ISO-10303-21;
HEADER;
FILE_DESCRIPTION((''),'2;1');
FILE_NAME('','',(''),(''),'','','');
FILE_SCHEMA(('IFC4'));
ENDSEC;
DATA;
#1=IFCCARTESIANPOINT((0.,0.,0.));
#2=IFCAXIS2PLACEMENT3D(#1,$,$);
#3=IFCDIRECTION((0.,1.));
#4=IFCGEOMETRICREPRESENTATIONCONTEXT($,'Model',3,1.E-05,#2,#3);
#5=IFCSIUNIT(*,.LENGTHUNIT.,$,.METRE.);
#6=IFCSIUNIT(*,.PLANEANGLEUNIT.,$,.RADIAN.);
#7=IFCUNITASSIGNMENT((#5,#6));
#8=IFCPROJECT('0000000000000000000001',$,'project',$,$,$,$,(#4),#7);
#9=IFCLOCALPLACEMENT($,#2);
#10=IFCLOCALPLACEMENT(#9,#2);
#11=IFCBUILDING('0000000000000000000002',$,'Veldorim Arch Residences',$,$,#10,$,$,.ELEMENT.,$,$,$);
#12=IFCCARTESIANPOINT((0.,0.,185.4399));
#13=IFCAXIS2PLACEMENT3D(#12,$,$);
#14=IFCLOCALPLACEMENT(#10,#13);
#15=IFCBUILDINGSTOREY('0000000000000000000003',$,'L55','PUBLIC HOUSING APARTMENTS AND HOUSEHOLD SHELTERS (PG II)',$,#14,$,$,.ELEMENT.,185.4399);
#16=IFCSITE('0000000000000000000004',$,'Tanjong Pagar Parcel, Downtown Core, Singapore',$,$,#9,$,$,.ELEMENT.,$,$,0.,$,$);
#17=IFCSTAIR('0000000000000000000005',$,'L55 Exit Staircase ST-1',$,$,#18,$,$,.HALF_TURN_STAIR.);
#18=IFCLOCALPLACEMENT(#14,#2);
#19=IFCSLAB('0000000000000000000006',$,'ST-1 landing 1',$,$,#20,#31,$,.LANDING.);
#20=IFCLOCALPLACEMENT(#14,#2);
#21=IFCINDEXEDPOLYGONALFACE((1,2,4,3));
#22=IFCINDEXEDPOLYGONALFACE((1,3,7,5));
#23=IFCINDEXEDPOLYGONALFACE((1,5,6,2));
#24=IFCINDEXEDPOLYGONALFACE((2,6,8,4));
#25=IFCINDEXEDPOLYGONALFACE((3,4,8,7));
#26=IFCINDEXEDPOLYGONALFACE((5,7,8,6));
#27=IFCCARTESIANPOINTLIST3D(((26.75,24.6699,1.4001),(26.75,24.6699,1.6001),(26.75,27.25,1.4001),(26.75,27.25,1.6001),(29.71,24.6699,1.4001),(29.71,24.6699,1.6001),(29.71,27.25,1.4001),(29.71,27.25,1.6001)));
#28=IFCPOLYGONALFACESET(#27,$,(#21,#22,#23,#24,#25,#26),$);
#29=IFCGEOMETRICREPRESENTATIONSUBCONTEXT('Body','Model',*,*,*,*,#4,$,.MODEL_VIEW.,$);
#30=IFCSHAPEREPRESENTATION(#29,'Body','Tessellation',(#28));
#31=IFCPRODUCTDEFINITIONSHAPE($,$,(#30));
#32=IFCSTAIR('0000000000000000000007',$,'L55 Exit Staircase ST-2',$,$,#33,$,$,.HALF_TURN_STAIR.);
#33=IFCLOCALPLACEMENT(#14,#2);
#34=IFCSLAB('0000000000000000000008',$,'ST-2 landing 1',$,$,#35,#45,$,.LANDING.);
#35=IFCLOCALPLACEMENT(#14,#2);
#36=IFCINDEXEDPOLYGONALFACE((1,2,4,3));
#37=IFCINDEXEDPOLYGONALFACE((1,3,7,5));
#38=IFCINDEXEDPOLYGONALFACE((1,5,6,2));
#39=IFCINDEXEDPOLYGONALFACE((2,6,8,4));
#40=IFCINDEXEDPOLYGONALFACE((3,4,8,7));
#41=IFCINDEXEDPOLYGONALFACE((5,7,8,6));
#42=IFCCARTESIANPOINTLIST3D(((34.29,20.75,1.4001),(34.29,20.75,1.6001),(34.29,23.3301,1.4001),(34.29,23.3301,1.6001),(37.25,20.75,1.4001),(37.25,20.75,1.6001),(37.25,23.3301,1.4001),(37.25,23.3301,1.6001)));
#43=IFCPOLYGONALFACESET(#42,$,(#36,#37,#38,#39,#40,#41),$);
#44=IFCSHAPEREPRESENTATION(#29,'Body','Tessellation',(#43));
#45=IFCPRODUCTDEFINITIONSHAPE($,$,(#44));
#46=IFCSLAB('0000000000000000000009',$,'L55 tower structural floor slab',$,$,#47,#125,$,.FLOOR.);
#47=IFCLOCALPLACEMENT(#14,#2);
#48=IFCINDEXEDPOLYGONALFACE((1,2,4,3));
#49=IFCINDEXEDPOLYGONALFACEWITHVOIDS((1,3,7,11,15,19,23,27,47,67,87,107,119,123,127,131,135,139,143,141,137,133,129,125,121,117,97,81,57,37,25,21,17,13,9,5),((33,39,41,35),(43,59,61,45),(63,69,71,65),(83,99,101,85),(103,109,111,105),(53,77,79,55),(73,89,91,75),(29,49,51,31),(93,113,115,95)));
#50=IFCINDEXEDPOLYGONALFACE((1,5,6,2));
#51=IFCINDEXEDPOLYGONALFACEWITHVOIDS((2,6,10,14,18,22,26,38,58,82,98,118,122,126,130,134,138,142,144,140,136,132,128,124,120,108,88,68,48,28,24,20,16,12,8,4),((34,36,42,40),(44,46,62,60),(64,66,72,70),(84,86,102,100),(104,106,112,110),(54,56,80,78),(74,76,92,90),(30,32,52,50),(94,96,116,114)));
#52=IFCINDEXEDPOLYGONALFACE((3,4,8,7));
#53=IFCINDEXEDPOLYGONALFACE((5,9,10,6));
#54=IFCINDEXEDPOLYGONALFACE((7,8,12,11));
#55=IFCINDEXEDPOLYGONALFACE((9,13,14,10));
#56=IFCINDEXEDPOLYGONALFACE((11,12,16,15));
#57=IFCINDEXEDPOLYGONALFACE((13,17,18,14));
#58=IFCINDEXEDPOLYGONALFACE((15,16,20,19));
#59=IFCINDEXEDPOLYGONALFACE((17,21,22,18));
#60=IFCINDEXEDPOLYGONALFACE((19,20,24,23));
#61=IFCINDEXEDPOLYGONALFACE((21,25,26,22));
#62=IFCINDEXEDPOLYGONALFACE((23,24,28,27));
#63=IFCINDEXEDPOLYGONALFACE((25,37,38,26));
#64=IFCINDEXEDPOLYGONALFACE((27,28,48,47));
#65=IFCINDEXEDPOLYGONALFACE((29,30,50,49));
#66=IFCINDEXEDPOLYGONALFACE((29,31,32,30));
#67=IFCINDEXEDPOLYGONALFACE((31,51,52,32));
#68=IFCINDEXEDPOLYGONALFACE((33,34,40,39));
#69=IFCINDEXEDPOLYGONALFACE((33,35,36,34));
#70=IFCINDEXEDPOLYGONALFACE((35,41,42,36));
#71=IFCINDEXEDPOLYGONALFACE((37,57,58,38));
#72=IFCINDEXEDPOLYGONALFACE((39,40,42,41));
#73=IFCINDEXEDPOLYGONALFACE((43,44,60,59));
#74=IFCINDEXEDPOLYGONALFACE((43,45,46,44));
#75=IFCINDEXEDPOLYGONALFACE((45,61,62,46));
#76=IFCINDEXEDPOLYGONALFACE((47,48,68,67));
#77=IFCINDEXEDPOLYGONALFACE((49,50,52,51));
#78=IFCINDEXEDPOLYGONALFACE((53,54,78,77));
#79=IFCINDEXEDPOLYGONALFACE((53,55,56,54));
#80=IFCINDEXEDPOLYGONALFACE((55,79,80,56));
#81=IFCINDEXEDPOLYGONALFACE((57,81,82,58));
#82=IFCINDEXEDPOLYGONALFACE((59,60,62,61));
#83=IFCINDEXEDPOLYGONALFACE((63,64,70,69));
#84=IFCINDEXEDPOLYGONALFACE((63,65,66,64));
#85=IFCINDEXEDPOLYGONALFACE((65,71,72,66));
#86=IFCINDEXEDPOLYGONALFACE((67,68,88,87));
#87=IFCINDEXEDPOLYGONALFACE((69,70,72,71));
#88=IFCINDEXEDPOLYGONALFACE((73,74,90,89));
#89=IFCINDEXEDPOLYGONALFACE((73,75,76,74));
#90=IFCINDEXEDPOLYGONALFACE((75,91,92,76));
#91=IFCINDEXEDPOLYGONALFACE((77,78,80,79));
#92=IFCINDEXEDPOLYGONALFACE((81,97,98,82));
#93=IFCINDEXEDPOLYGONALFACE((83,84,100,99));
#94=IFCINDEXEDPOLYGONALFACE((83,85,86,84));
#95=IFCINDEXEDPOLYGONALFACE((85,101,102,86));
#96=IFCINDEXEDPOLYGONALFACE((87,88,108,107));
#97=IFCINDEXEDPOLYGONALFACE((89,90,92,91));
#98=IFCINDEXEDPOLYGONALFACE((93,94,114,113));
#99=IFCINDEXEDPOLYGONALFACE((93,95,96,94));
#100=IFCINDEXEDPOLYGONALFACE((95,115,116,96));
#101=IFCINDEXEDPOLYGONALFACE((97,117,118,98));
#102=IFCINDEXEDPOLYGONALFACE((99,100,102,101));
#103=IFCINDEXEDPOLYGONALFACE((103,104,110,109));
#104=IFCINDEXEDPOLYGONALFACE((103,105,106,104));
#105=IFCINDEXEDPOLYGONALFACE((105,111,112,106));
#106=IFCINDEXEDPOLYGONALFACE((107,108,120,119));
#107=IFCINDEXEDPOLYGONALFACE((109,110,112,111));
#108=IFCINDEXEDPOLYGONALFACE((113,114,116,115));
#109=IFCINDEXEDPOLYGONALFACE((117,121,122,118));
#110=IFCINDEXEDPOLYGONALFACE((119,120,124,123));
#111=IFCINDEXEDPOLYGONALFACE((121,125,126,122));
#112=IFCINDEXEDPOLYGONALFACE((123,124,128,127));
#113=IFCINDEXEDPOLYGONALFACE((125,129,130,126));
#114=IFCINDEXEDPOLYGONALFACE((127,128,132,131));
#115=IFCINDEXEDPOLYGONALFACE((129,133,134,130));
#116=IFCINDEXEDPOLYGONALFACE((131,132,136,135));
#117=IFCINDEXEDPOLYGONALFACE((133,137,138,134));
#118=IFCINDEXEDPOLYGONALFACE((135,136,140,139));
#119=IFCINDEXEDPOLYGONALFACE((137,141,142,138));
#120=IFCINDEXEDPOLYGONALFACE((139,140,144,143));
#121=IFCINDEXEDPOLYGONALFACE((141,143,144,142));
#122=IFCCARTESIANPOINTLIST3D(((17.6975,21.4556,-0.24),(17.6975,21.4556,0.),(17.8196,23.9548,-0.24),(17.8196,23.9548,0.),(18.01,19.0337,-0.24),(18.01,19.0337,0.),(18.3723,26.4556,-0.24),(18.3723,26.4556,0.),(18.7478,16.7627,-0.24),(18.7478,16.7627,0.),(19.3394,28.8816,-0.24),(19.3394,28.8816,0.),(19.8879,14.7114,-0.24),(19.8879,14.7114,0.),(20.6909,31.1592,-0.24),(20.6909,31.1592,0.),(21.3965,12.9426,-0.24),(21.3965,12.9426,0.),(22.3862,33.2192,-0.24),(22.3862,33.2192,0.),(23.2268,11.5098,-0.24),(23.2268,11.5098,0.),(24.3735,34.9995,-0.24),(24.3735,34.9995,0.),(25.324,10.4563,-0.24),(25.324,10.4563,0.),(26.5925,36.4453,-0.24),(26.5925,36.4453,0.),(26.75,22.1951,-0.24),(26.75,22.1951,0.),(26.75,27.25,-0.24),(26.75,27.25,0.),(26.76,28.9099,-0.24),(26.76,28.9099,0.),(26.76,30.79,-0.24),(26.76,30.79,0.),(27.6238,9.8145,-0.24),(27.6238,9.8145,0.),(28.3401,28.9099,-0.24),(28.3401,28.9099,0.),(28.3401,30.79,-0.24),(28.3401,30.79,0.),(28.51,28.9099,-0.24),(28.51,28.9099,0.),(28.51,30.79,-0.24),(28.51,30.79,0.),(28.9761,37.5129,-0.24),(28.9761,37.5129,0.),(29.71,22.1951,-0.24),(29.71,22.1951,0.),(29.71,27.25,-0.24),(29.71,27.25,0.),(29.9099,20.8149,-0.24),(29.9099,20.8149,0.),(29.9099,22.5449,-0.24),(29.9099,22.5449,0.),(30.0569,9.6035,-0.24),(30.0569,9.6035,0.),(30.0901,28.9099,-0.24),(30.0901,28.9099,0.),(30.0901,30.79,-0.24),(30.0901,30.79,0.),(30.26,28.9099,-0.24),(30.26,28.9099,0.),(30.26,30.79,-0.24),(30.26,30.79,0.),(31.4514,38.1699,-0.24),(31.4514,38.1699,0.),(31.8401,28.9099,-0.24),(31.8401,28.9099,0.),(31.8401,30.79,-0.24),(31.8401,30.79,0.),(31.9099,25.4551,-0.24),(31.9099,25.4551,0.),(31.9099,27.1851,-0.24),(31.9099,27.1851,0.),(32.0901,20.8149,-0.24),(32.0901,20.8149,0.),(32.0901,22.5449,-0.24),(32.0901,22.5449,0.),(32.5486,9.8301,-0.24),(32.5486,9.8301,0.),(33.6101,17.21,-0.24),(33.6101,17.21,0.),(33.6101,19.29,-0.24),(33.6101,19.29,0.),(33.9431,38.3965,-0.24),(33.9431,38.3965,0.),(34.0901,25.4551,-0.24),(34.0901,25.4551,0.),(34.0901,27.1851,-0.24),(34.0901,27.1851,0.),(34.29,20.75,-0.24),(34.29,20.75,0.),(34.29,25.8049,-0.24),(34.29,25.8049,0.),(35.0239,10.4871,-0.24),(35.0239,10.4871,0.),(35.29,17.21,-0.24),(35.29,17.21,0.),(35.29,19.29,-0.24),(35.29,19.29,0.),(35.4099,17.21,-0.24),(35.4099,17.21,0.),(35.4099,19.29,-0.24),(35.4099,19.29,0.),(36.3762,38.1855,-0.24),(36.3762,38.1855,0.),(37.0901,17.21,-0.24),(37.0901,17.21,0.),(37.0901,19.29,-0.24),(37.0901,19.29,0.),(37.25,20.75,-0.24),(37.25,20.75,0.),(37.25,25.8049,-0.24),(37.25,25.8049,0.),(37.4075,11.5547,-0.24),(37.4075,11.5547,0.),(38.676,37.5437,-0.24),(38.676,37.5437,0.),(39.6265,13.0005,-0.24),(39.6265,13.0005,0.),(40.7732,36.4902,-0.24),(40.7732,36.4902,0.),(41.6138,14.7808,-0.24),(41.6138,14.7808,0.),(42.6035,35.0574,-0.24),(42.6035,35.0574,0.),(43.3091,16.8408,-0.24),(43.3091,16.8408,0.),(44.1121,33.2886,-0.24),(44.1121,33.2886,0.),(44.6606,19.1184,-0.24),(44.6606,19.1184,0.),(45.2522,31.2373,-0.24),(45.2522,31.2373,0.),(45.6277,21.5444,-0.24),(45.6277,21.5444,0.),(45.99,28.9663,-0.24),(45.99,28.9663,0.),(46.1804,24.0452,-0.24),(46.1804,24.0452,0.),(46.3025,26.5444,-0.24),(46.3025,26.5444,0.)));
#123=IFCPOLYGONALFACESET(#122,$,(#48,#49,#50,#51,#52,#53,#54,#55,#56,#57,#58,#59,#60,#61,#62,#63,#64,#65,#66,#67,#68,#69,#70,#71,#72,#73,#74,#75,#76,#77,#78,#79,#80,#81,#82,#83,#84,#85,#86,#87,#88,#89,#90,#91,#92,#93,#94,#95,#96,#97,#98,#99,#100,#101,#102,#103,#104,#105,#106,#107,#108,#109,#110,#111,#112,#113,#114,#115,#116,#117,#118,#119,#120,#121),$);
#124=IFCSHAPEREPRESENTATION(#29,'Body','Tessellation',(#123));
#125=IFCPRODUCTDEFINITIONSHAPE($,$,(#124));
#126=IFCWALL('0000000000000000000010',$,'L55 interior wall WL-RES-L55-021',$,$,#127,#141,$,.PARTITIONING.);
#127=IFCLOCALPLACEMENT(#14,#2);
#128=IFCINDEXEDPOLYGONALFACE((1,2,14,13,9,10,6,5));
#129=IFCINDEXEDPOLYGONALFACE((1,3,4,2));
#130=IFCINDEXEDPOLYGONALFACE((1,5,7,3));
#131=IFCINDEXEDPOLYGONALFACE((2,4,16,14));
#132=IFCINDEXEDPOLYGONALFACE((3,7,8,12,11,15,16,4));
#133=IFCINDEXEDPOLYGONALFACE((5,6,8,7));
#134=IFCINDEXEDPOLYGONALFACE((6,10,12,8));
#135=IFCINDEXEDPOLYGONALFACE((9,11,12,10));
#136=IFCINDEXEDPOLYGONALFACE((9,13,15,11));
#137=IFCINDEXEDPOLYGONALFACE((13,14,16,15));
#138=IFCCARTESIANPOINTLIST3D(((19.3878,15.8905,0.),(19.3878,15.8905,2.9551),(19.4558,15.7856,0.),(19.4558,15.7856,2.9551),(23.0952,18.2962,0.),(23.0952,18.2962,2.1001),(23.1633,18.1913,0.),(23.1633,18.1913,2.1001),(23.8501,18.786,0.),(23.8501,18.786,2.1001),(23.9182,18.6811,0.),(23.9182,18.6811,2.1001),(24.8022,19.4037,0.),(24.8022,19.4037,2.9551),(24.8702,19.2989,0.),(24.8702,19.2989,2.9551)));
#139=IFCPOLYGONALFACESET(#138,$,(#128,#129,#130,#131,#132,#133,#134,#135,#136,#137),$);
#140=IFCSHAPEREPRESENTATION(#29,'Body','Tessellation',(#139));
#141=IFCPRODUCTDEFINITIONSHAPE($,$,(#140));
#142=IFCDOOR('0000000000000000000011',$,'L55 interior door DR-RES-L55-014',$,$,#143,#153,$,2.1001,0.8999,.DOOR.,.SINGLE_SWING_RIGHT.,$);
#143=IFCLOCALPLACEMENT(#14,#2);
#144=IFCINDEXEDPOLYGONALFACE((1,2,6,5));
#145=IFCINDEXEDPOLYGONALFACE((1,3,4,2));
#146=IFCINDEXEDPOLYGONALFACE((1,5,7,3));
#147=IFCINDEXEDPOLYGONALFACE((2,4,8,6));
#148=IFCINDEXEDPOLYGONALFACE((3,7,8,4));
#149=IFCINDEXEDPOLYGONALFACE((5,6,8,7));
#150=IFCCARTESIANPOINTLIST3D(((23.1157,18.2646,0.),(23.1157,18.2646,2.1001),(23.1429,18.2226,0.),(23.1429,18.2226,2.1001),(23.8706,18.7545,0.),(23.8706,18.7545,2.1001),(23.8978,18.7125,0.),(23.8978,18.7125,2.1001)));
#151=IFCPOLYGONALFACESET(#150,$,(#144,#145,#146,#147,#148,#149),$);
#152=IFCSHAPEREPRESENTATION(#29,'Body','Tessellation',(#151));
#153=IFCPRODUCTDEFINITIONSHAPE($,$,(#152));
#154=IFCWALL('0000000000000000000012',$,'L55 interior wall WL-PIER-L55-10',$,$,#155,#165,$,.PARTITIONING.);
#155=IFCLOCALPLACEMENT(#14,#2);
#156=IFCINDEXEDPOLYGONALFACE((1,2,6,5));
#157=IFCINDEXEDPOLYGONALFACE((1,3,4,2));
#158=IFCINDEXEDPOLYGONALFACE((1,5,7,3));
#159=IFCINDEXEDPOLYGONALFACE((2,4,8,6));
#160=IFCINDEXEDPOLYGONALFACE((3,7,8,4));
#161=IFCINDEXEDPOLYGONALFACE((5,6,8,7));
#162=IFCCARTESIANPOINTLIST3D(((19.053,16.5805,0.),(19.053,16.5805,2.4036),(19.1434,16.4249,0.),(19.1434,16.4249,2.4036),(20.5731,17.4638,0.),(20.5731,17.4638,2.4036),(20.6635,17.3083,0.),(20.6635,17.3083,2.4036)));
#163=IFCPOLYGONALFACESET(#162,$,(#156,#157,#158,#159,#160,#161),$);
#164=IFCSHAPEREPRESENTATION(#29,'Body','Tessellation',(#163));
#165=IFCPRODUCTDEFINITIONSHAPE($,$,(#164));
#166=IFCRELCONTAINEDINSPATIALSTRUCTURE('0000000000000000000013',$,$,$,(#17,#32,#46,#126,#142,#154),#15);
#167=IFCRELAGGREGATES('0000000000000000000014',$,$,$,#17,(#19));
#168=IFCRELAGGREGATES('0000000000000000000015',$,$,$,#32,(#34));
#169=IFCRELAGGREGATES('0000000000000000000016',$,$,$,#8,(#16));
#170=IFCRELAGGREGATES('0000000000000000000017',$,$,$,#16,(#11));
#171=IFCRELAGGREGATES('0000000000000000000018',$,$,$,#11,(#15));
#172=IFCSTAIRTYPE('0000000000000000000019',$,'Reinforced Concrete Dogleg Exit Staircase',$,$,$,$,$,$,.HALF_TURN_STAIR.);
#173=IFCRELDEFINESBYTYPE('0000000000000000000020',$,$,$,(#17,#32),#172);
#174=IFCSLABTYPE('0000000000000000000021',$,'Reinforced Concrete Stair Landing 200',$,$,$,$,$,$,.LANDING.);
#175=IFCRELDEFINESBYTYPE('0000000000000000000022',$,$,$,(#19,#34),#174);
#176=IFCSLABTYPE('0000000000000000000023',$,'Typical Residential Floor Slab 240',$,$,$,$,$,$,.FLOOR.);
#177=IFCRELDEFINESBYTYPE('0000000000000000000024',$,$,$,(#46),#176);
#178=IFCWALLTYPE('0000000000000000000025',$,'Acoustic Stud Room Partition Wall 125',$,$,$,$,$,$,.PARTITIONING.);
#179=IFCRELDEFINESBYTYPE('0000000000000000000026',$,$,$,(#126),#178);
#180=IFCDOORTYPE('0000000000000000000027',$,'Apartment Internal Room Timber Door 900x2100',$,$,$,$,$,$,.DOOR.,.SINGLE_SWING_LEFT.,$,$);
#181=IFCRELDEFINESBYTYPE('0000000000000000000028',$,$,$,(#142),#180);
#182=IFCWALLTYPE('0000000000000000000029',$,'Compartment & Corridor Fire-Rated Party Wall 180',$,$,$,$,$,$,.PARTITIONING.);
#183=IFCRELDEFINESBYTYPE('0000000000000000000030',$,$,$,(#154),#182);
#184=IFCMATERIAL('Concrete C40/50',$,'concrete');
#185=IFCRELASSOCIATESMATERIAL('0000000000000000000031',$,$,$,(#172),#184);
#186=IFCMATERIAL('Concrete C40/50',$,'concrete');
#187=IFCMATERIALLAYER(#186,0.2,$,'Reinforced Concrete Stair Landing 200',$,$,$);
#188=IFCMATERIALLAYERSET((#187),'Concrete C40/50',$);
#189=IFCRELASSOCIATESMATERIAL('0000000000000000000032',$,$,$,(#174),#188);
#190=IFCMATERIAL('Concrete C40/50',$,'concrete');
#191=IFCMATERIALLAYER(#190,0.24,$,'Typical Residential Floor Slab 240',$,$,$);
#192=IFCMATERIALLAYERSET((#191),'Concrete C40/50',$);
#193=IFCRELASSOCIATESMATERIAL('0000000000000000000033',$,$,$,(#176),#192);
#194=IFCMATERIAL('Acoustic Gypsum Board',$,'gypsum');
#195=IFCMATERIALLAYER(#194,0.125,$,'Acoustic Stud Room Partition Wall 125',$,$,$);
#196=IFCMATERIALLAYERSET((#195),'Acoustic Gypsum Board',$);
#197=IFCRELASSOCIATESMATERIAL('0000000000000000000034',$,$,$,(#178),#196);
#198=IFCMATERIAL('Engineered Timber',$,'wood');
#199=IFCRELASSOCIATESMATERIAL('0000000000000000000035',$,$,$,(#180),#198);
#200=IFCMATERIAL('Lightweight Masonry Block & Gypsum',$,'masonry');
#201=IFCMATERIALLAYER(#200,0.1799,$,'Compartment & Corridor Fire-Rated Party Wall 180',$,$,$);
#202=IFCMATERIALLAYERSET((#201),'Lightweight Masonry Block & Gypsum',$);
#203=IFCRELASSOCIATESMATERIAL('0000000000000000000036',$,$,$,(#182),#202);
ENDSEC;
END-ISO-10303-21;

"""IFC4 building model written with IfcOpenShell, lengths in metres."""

from ifc_helpers import new_model, si_unit, direction, frame, frame_2d, origin, place, context, subcontext, project, spatial, polyline, rectangle, outline, extrude, material, layer, layer_set, type_object, element, fill, aggregate, save


model = new_model("IFC4")

# Units and contexts
model_context = context("Model", 3, precision=1e-05, world=origin(), true_north=direction((0.0, 1.0)))
body_context = subcontext(model_context, "Body", "Model", "MODEL_VIEW")
ifc_project = project(units=[si_unit("LENGTHUNIT", "METRE"), si_unit("PLANEANGLEUNIT", "RADIAN")], contexts=[model_context])

# Site, building, storey
site_placement = place(None, origin())
site = spatial("IfcSite", under=ifc_project, at=site_placement, Name="Tanjong Pagar Parcel, Downtown Core, Singapore", CompositionType="ELEMENT", RefElevation=0.0)
building_placement = place(site_placement, origin())
building = spatial("IfcBuilding", under=site, at=building_placement, Name="Veldorim Arch Residences", CompositionType="ELEMENT")
storey_placement = place(building_placement, frame((0.0, 0.0, 185.4399)))
storey = spatial("IfcBuildingStorey", under=building, at=storey_placement, Name="L55", Description="PUBLIC HOUSING APARTMENTS AND HOUSEHOLD SHELTERS (PG II)", CompositionType="ELEMENT", Elevation=185.4399)

# Stairs, slabs
ifc_material_1 = material(Name="Concrete C40/50", Category="concrete")
stair_type = type_object("IfcStairType", Name="Reinforced Concrete Dogleg Exit Staircase", PredefinedType="HALF_TURN_STAIR", material=ifc_material_1)
stair_1_placement = place(storey_placement, origin())
stair_1 = element("IfcStair", 1, at=stair_1_placement, inside=storey, type_object=stair_type, Name="L55 Exit Staircase ST-1", PredefinedType="HALF_TURN_STAIR")
ifc_material_2 = material(Name="Concrete C40/50", Category="concrete")
ifc_layer_1 = layer(ifc_material_2, 0.2, Name="Reinforced Concrete Stair Landing 200")
ifc_layer_set_1 = layer_set([ifc_layer_1], Name="Concrete C40/50")
slab_type_1 = type_object("IfcSlabType", Name="Reinforced Concrete Stair Landing 200", PredefinedType="LANDING", material=ifc_layer_set_1)
slab_1_placement = place(storey_placement, frame((0.0, 0.0, 1.4001)))
slab_1 = element("IfcSlab", 2, at=slab_1_placement, type_object=slab_type_1, Name="ST-1 landing 1", PredefinedType="LANDING", context=body_context, shape_type="SweptSolid", body=[
    extrude(outline(polyline([(29.71, 24.6699), (29.71, 27.25), (26.75, 27.25), (26.75, 24.6699), (29.71, 24.6699)])), origin(), (0.0, 0.0, 1.0), 0.2),
])
aggregate(stair_1, [slab_1])
stair_2_placement = place(storey_placement, origin())
stair_2 = element("IfcStair", 3, at=stair_2_placement, inside=storey, type_object=stair_type, Name="L55 Exit Staircase ST-2", PredefinedType="HALF_TURN_STAIR")
slab_2_placement = place(storey_placement, frame((0.0, 0.0, 1.4001)))
slab_2 = element("IfcSlab", 4, at=slab_2_placement, type_object=slab_type_1, Name="ST-2 landing 1", PredefinedType="LANDING", context=body_context, shape_type="SweptSolid", body=[
    extrude(outline(polyline([(34.29, 23.3301), (34.29, 20.75), (37.25, 20.75), (37.25, 23.3301), (34.29, 23.3301)])), origin(), (0.0, 0.0, 1.0), 0.2),
])
aggregate(stair_2, [slab_2])

# Slab
ifc_material_3 = material(Name="Concrete C40/50", Category="concrete")
ifc_layer_2 = layer(ifc_material_3, 0.24, Name="Typical Residential Floor Slab 240")
ifc_layer_set_2 = layer_set([ifc_layer_2], Name="Concrete C40/50")
slab_type_2 = type_object("IfcSlabType", Name="Typical Residential Floor Slab 240", PredefinedType="FLOOR", material=ifc_layer_set_2)
slab_3_placement = place(storey_placement, frame((0.0, 0.0, -0.24)))
element("IfcSlab", 5, at=slab_3_placement, inside=storey, type_object=slab_type_2, Name="L55 tower structural floor slab", PredefinedType="FLOOR", context=body_context, shape_type="SweptSolid", body=[
    extrude(outline(polyline([(42.6035, 35.0574), (40.7732, 36.4902), (38.676, 37.5437), (36.3762, 38.1855), (33.9431, 38.3965), (31.4514, 38.1699), (28.9761, 37.5129), (26.5925, 36.4453), (24.3735, 34.9995), (22.3862, 33.2192), (20.6909, 31.1592), (19.3394, 28.8816), (18.3723, 26.4556), (17.8196, 23.9548), (17.6975, 21.4556), (18.01, 19.0337), (18.7478, 16.7627), (19.8879, 14.7114), (21.3965, 12.9426), (23.2268, 11.5098), (25.324, 10.4563), (27.6238, 9.8145), (30.0569, 9.6035), (32.5486, 9.8301), (35.0239, 10.4871), (37.4075, 11.5547), (39.6265, 13.0005), (41.6138, 14.7808), (43.3091, 16.8408), (44.6606, 19.1184), (45.6277, 21.5444), (46.1804, 24.0452), (46.3025, 26.5444), (45.99, 28.9663), (45.2522, 31.2373), (44.1121, 33.2886), (42.6035, 35.0574)]), holes=[polyline([(33.6101, 17.21), (33.6101, 19.29), (35.29, 19.29), (35.29, 17.21), (33.6101, 17.21)]), polyline([(35.4099, 17.21), (35.4099, 19.29), (37.0901, 19.29), (37.0901, 17.21), (35.4099, 17.21)]), polyline([(29.9099, 20.8149), (29.9099, 22.5449), (32.0901, 22.5449), (32.0901, 20.8149), (29.9099, 20.8149)]), polyline([(34.29, 20.75), (34.29, 25.8049), (37.25, 25.8049), (37.25, 20.75), (34.29, 20.75)]), polyline([(26.75, 22.1951), (26.75, 27.25), (29.71, 27.25), (29.71, 22.1951), (26.75, 22.1951)]), polyline([(31.9099, 25.4551), (31.9099, 27.1851), (34.0901, 27.1851), (34.0901, 25.4551), (31.9099, 25.4551)]), polyline([(26.76, 28.9099), (26.76, 30.79), (28.3401, 30.79), (28.3401, 28.9099), (26.76, 28.9099)]), polyline([(28.51, 30.79), (30.0901, 30.79), (30.0901, 28.9099), (28.51, 28.9099), (28.51, 30.79)]), polyline([(30.26, 30.79), (31.8401, 30.79), (31.8401, 28.9099), (30.26, 28.9099), (30.26, 30.79)])]), origin(), (0.0, 0.0, 1.0), 0.24),
])

# Wall, opening, door
ifc_material_4 = material(Name="Acoustic Gypsum Board", Category="gypsum")
ifc_layer_3 = layer(ifc_material_4, 0.125, Name="Acoustic Stud Room Partition Wall 125")
ifc_layer_set_3 = layer_set([ifc_layer_3], Name="Acoustic Gypsum Board")
wall_type_1 = type_object("IfcWallType", Name="Acoustic Stud Room Partition Wall 125", PredefinedType="PARTITIONING", material=ifc_layer_set_3)
wall_1_placement = place(storey_placement, frame((19.4219, 15.8381, 0.0), z_axis=(0.0, 0.0, 1.0), x_axis=(0.838876, 0.544322, 0.0)))
wall_1 = element("IfcWall", 6, at=wall_1_placement, inside=storey, type_object=wall_type_1, Name="L55 interior wall WL-RES-L55-021", PredefinedType="PARTITIONING", context=body_context, shape_type="SweptSolid", body=[
    extrude(rectangle(XDim=6.4543, YDim=0.125, at=frame_2d((3.2271, 0.0))), origin(), (0.0, 0.0, 1.0), 2.9551),
])
opening_1_placement = place(wall_1_placement, frame((4.4194, 0.0, 0.0)))
opening_1 = element("IfcOpeningElement", 7, at=opening_1_placement, cuts=wall_1, PredefinedType="OPENING", context=body_context, shape_type="SweptSolid", body=[
    extrude(rectangle(XDim=0.8999, YDim=2.1001, at=frame_2d((0.45, 1.05))), frame((0.0, 0.0725, 0.0), z_axis=(0.0, -1.0, 0.0), x_axis=(1.0, 0.0, 0.0)), (0.0, 0.0, 1.0), 0.145),
])
ifc_material_5 = material(Name="Engineered Timber", Category="wood")
door_type = type_object("IfcDoorType", Name="Apartment Internal Room Timber Door 900x2100", OperationType="SINGLE_SWING_LEFT", PredefinedType="DOOR", material=ifc_material_5)
door_placement = place(opening_1_placement, origin())
door = element("IfcDoor", 8, at=door_placement, inside=storey, type_object=door_type, Name="L55 interior door DR-RES-L55-014", OperationType="SINGLE_SWING_RIGHT", OverallHeight=2.1001, OverallWidth=0.8999, PredefinedType="DOOR", context=body_context, shape_type="SweptSolid", body=[
    extrude(rectangle(XDim=0.8999, YDim=2.1001, at=frame_2d((0.45, 1.05))), frame((0.0, 0.0249, 0.0), z_axis=(0.0, -1.0, 0.0), x_axis=(1.0, 0.0, 0.0)), (0.0, 0.0, 1.0), 0.05),
])
fill(opening_1, door)

# Wall
ifc_material_6 = material(Name="Lightweight Masonry Block & Gypsum", Category="masonry")
ifc_layer_4 = layer(ifc_material_6, 0.1799, Name="Compartment & Corridor Fire-Rated Party Wall 180")
ifc_layer_set_4 = layer_set([ifc_layer_4], Name="Lightweight Masonry Block & Gypsum")
wall_type_2 = type_object("IfcWallType", Name="Compartment & Corridor Fire-Rated Party Wall 180", PredefinedType="PARTITIONING", material=ifc_layer_set_4)
wall_2_placement = place(storey_placement, frame((20.6182, 17.386, 0.0), z_axis=(0.0, 0.0, 1.0), x_axis=(-0.864614, -0.502437, 0.0)))
element("IfcWall", 9, at=wall_2_placement, inside=storey, type_object=wall_type_2, Name="L55 interior wall WL-PIER-L55-10", PredefinedType="PARTITIONING", context=body_context, shape_type="SweptSolid", body=[
    extrude(rectangle(XDim=1.7581, YDim=0.1799, at=frame_2d((0.8789, 0.0))), origin(), (0.0, 0.0, 1.0), 2.4036),
])

save(model, "model.ifc")
